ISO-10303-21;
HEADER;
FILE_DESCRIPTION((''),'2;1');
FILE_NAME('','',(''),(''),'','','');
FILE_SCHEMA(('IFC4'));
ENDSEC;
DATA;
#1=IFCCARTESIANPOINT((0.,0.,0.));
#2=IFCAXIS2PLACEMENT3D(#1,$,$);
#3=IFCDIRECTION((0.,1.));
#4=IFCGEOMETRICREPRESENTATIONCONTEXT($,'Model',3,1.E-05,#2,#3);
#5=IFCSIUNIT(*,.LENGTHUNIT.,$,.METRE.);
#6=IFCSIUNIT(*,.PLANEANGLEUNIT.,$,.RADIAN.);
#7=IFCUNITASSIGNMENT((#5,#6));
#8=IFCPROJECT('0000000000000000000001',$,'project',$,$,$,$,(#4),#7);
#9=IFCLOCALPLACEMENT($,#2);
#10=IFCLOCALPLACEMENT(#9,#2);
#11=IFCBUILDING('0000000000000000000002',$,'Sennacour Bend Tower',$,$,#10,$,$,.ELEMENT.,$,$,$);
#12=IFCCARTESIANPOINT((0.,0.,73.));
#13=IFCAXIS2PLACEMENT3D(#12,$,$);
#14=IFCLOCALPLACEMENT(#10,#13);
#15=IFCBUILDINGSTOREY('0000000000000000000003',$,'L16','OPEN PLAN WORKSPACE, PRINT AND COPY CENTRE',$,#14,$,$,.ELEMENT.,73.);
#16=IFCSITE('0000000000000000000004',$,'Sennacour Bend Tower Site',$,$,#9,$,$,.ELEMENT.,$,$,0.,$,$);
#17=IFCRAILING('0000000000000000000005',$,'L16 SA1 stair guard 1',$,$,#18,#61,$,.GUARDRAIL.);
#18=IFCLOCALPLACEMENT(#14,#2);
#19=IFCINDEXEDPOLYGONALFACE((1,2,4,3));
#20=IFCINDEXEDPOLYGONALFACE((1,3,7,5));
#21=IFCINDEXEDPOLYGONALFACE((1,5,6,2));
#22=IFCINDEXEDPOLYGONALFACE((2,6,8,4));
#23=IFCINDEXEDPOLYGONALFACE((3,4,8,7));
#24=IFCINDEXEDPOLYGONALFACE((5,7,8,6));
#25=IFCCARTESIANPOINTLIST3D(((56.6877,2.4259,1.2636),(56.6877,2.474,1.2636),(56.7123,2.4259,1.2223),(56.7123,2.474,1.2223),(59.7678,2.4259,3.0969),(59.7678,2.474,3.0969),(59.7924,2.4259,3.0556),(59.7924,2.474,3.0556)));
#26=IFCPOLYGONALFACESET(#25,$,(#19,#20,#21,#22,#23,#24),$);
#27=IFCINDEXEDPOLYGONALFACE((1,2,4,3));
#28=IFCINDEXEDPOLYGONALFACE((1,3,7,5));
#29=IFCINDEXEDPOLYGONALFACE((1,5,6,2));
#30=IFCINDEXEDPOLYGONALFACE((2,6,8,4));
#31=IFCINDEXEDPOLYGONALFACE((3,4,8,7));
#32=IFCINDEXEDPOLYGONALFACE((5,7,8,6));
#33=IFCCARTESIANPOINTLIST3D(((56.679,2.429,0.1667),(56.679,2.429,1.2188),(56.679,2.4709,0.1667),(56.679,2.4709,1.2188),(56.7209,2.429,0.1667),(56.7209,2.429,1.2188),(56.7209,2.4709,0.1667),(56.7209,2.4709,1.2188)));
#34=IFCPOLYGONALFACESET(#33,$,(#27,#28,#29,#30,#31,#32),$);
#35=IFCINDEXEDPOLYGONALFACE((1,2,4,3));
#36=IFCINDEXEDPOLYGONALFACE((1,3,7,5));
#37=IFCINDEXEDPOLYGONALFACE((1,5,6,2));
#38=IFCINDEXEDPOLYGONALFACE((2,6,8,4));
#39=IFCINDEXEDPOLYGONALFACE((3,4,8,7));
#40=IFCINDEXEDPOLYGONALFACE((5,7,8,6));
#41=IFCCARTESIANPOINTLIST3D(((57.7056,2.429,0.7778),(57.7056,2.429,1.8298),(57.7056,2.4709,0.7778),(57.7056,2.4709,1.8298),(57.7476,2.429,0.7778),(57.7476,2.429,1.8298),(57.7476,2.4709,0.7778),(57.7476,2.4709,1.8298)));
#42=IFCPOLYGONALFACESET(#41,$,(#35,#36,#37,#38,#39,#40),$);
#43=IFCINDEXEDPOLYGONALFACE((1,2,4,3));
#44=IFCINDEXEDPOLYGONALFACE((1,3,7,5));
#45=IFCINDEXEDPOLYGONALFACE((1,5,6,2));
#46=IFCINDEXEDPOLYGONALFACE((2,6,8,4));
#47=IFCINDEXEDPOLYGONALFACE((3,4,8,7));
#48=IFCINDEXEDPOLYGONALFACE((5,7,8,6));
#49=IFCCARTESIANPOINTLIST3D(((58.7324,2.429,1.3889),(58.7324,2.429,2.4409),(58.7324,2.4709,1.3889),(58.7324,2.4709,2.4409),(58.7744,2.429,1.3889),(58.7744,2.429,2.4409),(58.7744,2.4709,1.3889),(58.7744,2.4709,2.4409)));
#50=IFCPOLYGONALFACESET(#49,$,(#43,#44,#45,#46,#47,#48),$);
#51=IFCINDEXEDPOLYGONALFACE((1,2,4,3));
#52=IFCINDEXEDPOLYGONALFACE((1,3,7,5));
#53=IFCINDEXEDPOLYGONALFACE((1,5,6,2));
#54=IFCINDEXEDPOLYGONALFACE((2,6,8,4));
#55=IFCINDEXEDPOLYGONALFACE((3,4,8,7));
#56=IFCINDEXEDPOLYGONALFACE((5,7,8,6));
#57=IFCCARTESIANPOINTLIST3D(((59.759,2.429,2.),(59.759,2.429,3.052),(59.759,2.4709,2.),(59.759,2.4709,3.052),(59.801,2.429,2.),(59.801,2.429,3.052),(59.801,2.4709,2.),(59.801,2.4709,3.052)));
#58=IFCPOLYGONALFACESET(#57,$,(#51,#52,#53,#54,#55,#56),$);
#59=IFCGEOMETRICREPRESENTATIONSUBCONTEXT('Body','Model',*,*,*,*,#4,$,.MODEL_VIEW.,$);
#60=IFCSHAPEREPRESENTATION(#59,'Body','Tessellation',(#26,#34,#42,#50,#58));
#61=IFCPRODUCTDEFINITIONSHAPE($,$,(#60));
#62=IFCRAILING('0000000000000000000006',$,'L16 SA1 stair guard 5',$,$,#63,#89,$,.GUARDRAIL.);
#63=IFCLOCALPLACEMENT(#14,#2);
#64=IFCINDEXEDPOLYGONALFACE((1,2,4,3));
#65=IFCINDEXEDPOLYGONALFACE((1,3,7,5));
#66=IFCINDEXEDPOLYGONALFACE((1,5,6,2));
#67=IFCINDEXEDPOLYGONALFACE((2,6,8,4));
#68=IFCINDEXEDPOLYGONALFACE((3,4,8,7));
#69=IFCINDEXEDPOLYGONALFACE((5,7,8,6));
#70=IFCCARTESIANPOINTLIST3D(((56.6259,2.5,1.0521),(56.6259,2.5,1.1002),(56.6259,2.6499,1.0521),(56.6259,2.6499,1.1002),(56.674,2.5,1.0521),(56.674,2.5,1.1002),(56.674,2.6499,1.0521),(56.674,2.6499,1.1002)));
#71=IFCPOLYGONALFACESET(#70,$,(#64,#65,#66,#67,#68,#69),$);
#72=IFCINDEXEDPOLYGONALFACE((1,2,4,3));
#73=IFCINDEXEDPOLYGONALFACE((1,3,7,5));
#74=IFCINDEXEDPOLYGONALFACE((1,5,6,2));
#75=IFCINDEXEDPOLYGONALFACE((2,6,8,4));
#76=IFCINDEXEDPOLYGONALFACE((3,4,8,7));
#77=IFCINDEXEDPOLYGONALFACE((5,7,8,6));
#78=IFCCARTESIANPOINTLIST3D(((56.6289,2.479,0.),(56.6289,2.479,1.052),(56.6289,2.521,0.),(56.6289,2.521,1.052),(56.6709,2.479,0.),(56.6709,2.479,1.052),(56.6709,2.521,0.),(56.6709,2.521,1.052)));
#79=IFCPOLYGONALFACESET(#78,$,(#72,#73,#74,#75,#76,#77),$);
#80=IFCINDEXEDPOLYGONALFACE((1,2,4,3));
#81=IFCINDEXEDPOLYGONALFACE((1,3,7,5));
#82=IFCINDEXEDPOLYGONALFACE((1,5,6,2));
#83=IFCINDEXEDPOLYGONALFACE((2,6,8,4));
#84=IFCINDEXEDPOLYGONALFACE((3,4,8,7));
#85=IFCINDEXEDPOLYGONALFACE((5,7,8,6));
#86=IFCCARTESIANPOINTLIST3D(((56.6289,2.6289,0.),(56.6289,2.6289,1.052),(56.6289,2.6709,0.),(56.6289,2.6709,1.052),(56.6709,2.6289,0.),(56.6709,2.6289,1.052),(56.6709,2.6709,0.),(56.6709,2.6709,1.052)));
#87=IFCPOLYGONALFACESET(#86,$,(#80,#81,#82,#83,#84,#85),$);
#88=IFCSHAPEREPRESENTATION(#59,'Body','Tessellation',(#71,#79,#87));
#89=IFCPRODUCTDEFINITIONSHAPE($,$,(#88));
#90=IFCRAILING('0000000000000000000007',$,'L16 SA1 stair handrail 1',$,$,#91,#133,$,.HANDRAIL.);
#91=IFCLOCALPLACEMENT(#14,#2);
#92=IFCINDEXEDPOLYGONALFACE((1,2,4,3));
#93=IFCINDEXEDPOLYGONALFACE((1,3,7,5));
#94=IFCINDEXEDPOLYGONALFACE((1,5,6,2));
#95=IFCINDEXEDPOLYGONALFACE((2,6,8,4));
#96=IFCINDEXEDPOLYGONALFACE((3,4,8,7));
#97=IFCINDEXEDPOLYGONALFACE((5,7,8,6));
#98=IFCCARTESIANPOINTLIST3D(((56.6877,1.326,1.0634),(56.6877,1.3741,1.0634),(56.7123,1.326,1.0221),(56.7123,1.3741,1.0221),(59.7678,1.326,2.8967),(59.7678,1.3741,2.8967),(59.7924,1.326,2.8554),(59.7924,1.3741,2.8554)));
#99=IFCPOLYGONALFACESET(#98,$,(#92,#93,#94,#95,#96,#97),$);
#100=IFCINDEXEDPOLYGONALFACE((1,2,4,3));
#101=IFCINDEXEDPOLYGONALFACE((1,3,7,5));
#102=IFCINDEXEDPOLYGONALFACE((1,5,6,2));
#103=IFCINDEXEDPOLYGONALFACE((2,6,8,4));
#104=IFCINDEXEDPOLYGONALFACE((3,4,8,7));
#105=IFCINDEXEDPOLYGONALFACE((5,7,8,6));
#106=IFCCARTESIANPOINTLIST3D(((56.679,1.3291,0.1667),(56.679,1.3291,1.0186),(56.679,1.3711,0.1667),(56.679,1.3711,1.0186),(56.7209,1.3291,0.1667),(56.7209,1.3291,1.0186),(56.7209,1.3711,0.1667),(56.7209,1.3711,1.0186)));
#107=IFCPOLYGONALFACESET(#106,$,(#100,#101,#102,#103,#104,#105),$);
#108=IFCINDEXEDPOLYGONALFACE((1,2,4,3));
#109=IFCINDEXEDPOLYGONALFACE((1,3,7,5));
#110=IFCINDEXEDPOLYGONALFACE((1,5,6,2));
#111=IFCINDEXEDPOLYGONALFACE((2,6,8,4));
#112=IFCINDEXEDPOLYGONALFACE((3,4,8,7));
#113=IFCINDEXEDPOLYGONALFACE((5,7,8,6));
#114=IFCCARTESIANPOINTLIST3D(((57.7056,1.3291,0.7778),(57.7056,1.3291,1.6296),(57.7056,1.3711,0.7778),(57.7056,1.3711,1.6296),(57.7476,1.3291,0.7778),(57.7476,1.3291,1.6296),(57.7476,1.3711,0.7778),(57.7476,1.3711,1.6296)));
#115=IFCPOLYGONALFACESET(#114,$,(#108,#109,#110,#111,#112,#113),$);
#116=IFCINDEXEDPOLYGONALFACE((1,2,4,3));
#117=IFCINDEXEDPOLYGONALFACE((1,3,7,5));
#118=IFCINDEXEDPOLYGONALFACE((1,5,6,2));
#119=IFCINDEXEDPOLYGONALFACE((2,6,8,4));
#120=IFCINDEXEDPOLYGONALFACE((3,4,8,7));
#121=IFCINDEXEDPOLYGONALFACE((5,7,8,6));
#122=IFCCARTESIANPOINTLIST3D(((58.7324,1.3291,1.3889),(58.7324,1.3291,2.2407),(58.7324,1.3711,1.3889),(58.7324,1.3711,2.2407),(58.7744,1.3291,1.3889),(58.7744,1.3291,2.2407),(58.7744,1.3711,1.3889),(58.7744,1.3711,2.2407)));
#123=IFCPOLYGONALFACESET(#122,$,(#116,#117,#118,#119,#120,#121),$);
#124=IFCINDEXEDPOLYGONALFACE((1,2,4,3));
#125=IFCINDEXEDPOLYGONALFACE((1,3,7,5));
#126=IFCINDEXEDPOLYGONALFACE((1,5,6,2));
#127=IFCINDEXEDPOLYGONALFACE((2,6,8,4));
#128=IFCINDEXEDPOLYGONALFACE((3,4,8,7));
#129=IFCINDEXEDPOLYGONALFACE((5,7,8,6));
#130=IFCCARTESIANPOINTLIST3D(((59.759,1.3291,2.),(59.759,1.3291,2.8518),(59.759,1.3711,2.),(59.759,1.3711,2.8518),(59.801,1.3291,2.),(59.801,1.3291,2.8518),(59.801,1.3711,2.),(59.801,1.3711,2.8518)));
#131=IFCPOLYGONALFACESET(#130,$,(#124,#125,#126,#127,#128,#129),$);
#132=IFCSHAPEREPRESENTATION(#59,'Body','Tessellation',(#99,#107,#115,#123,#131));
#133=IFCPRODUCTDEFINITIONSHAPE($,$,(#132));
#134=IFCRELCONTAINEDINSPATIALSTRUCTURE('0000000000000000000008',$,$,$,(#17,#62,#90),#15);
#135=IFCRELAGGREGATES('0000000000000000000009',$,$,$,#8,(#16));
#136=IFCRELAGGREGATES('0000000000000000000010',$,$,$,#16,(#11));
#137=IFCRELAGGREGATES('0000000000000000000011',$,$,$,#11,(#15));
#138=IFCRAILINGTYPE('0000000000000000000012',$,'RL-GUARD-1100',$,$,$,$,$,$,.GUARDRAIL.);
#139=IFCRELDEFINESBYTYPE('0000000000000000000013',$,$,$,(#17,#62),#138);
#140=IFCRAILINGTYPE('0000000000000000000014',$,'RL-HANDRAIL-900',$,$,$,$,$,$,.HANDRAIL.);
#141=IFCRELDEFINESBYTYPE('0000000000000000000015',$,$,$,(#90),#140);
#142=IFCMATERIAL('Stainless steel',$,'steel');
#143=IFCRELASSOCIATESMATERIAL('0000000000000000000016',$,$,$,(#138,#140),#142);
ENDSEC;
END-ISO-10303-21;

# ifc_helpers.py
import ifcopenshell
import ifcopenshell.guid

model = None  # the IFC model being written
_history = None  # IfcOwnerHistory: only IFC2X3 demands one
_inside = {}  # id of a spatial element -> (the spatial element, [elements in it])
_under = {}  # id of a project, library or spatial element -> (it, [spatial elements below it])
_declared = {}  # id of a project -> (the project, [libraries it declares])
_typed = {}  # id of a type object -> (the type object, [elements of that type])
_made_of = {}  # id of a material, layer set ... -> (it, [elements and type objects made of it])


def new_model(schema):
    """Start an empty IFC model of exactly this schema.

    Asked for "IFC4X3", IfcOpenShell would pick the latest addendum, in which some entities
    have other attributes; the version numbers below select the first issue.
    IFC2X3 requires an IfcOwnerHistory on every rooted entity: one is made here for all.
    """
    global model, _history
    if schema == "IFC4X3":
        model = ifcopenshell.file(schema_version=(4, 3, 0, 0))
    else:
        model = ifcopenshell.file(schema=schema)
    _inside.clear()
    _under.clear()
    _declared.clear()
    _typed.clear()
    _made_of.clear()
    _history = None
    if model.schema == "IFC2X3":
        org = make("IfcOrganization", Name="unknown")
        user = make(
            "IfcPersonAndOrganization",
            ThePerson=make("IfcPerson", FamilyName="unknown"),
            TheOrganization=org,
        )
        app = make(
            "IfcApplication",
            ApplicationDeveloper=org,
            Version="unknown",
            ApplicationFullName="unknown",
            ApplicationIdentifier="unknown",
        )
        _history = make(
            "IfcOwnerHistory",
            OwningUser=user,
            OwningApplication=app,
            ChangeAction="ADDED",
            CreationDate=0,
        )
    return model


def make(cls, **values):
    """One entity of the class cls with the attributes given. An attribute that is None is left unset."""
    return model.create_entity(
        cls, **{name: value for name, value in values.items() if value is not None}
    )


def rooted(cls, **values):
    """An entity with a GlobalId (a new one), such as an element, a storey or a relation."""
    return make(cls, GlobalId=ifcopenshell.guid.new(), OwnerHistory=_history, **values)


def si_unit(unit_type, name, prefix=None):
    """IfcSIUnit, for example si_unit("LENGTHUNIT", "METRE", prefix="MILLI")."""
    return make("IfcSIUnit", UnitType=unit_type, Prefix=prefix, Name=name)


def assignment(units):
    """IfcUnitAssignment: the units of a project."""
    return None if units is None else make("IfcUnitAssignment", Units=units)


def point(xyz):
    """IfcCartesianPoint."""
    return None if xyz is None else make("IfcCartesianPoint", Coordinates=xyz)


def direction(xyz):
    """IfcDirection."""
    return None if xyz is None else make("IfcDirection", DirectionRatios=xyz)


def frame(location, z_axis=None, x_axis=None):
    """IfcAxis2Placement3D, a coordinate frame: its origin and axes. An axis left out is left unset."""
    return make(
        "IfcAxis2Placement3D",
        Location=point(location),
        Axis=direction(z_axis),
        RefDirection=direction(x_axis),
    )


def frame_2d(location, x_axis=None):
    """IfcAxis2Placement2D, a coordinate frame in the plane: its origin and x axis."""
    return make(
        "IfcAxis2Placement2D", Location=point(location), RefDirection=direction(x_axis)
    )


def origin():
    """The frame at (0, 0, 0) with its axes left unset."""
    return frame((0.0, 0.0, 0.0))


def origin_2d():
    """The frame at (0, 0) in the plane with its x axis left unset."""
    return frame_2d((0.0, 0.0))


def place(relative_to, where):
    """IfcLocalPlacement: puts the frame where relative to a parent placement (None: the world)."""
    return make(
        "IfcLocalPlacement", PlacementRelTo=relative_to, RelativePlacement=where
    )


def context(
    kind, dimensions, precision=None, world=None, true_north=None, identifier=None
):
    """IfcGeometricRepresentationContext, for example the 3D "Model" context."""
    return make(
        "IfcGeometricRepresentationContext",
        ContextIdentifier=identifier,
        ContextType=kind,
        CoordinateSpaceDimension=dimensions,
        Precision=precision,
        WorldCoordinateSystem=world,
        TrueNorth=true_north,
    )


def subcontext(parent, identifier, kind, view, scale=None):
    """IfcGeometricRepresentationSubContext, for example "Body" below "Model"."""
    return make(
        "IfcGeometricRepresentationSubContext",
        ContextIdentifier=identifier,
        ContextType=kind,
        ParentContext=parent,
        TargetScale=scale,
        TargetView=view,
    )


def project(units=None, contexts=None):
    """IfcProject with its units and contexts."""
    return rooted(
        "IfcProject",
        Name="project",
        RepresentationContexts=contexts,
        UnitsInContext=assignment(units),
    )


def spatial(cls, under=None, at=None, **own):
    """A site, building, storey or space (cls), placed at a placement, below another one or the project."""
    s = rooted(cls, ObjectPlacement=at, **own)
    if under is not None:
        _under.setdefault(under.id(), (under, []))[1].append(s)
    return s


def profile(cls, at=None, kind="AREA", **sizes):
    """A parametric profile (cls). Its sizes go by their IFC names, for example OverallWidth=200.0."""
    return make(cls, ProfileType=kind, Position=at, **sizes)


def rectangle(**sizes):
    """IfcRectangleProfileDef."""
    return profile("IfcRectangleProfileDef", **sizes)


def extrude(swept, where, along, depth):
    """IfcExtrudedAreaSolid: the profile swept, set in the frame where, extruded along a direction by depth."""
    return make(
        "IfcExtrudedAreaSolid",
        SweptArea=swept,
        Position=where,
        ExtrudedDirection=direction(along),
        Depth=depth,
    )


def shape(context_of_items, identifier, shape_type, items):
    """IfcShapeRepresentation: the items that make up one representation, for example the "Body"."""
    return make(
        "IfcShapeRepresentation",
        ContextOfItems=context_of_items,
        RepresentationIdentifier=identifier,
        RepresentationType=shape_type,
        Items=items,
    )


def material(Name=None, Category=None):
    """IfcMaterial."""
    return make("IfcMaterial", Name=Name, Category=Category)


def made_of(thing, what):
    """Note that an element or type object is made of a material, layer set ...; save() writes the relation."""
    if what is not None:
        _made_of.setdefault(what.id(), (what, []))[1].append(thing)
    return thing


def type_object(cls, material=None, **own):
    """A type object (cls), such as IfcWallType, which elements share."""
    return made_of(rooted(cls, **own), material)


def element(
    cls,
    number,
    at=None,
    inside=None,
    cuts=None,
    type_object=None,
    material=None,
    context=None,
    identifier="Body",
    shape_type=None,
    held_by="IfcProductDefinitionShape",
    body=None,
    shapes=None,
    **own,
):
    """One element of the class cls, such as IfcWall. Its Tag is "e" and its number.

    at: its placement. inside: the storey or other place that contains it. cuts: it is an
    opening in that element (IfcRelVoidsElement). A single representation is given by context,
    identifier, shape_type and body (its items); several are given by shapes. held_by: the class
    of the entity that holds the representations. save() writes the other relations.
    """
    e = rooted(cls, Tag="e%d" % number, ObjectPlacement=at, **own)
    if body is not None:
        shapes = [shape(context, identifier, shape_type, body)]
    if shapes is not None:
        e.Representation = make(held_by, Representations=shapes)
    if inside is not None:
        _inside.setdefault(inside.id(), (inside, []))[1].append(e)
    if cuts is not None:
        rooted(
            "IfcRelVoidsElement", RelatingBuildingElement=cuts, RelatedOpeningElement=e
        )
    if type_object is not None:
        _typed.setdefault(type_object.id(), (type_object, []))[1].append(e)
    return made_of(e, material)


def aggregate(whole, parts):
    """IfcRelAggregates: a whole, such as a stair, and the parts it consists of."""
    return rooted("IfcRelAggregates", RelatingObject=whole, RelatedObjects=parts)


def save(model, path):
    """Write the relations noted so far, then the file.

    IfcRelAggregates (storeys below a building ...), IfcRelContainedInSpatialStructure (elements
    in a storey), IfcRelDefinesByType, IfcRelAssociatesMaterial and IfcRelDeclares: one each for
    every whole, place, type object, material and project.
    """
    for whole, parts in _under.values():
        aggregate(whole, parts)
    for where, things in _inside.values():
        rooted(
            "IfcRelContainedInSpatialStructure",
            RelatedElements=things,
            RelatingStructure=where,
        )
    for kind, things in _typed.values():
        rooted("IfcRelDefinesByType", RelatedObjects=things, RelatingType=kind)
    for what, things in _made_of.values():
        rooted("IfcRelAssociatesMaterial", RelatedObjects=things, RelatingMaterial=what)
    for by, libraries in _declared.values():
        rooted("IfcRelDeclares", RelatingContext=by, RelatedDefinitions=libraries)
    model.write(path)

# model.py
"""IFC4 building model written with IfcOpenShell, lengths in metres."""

from ifc_helpers import new_model, si_unit, direction, frame, origin, origin_2d, place, context, subcontext, project, spatial, rectangle, extrude, material, type_object, element, save


model = new_model("IFC4")

# Units and contexts
model_context = context("Model", 3, precision=1e-05, world=origin(), true_north=direction((0.0, 1.0)))
body_context = subcontext(model_context, "Body", "Model", "MODEL_VIEW")
ifc_project = project(units=[si_unit("LENGTHUNIT", "METRE"), si_unit("PLANEANGLEUNIT", "RADIAN")], contexts=[model_context])

# Site, building, storey
site_placement = place(None, origin())
site = spatial("IfcSite", under=ifc_project, at=site_placement, Name="Sennacour Bend Tower Site", CompositionType="ELEMENT", RefElevation=0.0)
building_placement = place(site_placement, origin())
building = spatial("IfcBuilding", under=site, at=building_placement, Name="Sennacour Bend Tower", CompositionType="ELEMENT")
storey_placement = place(building_placement, frame((0.0, 0.0, 73.0)))
storey = spatial("IfcBuildingStorey", under=building, at=storey_placement, Name="L16", Description="OPEN PLAN WORKSPACE, PRINT AND COPY CENTRE", CompositionType="ELEMENT", Elevation=73.0)

# Shared definitions
ifc_material_1 = material(Name="Stainless steel", Category="steel")

# Railings
railing_type_1 = type_object("IfcRailingType", Name="RL-GUARD-1100", PredefinedType="GUARDRAIL", material=ifc_material_1)
railing_1_placement = place(storey_placement, frame((56.7, 2.45, 0.1667)))
element("IfcRailing", 1, at=railing_1_placement, inside=storey, type_object=railing_type_1, Name="L16 SA1 stair guard 1", PredefinedType="GUARDRAIL", context=body_context, shape_type="SweptSolid", body=[
    extrude(rectangle(XDim=0.0481, YDim=0.0481, at=origin_2d()), frame((0.0, 0.0, 1.0762), z_axis=(0.859309, 0.0, 0.511458), x_axis=(0.0, 1.0, 0.0)), (0.0, 0.0, 1.0), 3.5845),
    extrude(rectangle(XDim=0.042, YDim=0.042, at=origin_2d()), origin(), (0.0, 0.0, 1.0), 1.052),
    extrude(rectangle(XDim=0.042, YDim=0.042, at=origin_2d()), frame((1.0266, 0.0, 0.6111)), (0.0, 0.0, 1.0), 1.052),
    extrude(rectangle(XDim=0.042, YDim=0.042, at=origin_2d()), frame((2.0535, 0.0, 1.2222)), (0.0, 0.0, 1.0), 1.052),
    extrude(rectangle(XDim=0.042, YDim=0.042, at=origin_2d()), frame((3.0801, 0.0, 1.8333)), (0.0, 0.0, 1.0), 1.052),
])
railing_2_placement = place(storey_placement, frame((56.6499, 2.5, 0.0)))
element("IfcRailing", 2, at=railing_2_placement, inside=storey, type_object=railing_type_1, Name="L16 SA1 stair guard 5", PredefinedType="GUARDRAIL", context=body_context, shape_type="SweptSolid", body=[
    extrude(rectangle(XDim=0.0481, YDim=0.0481, at=origin_2d()), frame((0.0, 0.0, 1.0762), z_axis=(0.0, 1.0, 0.0), x_axis=(-1.0, 0.0, 0.0)), (0.0, 0.0, 1.0), 0.1499),
    extrude(rectangle(XDim=0.042, YDim=0.042, at=origin_2d()), origin(), (0.0, 0.0, 1.0), 1.052),
    extrude(rectangle(XDim=0.042, YDim=0.042, at=origin_2d()), frame((0.0, 0.1499, 0.0)), (0.0, 0.0, 1.0), 1.052),
])
railing_type_2 = type_object("IfcRailingType", Name="RL-HANDRAIL-900", PredefinedType="HANDRAIL", material=ifc_material_1)
railing_3_placement = place(storey_placement, frame((56.7, 1.3501, 0.1667)))
element("IfcRailing", 3, at=railing_3_placement, inside=storey, type_object=railing_type_2, Name="L16 SA1 stair handrail 1", PredefinedType="HANDRAIL", context=body_context, shape_type="SweptSolid", body=[
    extrude(rectangle(XDim=0.0481, YDim=0.0481, at=origin_2d()), frame((0.0, 0.0, 0.876), z_axis=(0.859309, 0.0, 0.511458), x_axis=(0.0, 1.0, 0.0)), (0.0, 0.0, 1.0), 3.5845),
    extrude(rectangle(XDim=0.042, YDim=0.042, at=origin_2d()), origin(), (0.0, 0.0, 1.0), 0.8518),
    extrude(rectangle(XDim=0.042, YDim=0.042, at=origin_2d()), frame((1.0266, 0.0, 0.6111)), (0.0, 0.0, 1.0), 0.8518),
    extrude(rectangle(XDim=0.042, YDim=0.042, at=origin_2d()), frame((2.0535, 0.0, 1.2222)), (0.0, 0.0, 1.0), 0.8518),
    extrude(rectangle(XDim=0.042, YDim=0.042, at=origin_2d()), frame((3.0801, 0.0, 1.8333)), (0.0, 0.0, 1.0), 0.8518),
])

save(model, "model.ifc")
